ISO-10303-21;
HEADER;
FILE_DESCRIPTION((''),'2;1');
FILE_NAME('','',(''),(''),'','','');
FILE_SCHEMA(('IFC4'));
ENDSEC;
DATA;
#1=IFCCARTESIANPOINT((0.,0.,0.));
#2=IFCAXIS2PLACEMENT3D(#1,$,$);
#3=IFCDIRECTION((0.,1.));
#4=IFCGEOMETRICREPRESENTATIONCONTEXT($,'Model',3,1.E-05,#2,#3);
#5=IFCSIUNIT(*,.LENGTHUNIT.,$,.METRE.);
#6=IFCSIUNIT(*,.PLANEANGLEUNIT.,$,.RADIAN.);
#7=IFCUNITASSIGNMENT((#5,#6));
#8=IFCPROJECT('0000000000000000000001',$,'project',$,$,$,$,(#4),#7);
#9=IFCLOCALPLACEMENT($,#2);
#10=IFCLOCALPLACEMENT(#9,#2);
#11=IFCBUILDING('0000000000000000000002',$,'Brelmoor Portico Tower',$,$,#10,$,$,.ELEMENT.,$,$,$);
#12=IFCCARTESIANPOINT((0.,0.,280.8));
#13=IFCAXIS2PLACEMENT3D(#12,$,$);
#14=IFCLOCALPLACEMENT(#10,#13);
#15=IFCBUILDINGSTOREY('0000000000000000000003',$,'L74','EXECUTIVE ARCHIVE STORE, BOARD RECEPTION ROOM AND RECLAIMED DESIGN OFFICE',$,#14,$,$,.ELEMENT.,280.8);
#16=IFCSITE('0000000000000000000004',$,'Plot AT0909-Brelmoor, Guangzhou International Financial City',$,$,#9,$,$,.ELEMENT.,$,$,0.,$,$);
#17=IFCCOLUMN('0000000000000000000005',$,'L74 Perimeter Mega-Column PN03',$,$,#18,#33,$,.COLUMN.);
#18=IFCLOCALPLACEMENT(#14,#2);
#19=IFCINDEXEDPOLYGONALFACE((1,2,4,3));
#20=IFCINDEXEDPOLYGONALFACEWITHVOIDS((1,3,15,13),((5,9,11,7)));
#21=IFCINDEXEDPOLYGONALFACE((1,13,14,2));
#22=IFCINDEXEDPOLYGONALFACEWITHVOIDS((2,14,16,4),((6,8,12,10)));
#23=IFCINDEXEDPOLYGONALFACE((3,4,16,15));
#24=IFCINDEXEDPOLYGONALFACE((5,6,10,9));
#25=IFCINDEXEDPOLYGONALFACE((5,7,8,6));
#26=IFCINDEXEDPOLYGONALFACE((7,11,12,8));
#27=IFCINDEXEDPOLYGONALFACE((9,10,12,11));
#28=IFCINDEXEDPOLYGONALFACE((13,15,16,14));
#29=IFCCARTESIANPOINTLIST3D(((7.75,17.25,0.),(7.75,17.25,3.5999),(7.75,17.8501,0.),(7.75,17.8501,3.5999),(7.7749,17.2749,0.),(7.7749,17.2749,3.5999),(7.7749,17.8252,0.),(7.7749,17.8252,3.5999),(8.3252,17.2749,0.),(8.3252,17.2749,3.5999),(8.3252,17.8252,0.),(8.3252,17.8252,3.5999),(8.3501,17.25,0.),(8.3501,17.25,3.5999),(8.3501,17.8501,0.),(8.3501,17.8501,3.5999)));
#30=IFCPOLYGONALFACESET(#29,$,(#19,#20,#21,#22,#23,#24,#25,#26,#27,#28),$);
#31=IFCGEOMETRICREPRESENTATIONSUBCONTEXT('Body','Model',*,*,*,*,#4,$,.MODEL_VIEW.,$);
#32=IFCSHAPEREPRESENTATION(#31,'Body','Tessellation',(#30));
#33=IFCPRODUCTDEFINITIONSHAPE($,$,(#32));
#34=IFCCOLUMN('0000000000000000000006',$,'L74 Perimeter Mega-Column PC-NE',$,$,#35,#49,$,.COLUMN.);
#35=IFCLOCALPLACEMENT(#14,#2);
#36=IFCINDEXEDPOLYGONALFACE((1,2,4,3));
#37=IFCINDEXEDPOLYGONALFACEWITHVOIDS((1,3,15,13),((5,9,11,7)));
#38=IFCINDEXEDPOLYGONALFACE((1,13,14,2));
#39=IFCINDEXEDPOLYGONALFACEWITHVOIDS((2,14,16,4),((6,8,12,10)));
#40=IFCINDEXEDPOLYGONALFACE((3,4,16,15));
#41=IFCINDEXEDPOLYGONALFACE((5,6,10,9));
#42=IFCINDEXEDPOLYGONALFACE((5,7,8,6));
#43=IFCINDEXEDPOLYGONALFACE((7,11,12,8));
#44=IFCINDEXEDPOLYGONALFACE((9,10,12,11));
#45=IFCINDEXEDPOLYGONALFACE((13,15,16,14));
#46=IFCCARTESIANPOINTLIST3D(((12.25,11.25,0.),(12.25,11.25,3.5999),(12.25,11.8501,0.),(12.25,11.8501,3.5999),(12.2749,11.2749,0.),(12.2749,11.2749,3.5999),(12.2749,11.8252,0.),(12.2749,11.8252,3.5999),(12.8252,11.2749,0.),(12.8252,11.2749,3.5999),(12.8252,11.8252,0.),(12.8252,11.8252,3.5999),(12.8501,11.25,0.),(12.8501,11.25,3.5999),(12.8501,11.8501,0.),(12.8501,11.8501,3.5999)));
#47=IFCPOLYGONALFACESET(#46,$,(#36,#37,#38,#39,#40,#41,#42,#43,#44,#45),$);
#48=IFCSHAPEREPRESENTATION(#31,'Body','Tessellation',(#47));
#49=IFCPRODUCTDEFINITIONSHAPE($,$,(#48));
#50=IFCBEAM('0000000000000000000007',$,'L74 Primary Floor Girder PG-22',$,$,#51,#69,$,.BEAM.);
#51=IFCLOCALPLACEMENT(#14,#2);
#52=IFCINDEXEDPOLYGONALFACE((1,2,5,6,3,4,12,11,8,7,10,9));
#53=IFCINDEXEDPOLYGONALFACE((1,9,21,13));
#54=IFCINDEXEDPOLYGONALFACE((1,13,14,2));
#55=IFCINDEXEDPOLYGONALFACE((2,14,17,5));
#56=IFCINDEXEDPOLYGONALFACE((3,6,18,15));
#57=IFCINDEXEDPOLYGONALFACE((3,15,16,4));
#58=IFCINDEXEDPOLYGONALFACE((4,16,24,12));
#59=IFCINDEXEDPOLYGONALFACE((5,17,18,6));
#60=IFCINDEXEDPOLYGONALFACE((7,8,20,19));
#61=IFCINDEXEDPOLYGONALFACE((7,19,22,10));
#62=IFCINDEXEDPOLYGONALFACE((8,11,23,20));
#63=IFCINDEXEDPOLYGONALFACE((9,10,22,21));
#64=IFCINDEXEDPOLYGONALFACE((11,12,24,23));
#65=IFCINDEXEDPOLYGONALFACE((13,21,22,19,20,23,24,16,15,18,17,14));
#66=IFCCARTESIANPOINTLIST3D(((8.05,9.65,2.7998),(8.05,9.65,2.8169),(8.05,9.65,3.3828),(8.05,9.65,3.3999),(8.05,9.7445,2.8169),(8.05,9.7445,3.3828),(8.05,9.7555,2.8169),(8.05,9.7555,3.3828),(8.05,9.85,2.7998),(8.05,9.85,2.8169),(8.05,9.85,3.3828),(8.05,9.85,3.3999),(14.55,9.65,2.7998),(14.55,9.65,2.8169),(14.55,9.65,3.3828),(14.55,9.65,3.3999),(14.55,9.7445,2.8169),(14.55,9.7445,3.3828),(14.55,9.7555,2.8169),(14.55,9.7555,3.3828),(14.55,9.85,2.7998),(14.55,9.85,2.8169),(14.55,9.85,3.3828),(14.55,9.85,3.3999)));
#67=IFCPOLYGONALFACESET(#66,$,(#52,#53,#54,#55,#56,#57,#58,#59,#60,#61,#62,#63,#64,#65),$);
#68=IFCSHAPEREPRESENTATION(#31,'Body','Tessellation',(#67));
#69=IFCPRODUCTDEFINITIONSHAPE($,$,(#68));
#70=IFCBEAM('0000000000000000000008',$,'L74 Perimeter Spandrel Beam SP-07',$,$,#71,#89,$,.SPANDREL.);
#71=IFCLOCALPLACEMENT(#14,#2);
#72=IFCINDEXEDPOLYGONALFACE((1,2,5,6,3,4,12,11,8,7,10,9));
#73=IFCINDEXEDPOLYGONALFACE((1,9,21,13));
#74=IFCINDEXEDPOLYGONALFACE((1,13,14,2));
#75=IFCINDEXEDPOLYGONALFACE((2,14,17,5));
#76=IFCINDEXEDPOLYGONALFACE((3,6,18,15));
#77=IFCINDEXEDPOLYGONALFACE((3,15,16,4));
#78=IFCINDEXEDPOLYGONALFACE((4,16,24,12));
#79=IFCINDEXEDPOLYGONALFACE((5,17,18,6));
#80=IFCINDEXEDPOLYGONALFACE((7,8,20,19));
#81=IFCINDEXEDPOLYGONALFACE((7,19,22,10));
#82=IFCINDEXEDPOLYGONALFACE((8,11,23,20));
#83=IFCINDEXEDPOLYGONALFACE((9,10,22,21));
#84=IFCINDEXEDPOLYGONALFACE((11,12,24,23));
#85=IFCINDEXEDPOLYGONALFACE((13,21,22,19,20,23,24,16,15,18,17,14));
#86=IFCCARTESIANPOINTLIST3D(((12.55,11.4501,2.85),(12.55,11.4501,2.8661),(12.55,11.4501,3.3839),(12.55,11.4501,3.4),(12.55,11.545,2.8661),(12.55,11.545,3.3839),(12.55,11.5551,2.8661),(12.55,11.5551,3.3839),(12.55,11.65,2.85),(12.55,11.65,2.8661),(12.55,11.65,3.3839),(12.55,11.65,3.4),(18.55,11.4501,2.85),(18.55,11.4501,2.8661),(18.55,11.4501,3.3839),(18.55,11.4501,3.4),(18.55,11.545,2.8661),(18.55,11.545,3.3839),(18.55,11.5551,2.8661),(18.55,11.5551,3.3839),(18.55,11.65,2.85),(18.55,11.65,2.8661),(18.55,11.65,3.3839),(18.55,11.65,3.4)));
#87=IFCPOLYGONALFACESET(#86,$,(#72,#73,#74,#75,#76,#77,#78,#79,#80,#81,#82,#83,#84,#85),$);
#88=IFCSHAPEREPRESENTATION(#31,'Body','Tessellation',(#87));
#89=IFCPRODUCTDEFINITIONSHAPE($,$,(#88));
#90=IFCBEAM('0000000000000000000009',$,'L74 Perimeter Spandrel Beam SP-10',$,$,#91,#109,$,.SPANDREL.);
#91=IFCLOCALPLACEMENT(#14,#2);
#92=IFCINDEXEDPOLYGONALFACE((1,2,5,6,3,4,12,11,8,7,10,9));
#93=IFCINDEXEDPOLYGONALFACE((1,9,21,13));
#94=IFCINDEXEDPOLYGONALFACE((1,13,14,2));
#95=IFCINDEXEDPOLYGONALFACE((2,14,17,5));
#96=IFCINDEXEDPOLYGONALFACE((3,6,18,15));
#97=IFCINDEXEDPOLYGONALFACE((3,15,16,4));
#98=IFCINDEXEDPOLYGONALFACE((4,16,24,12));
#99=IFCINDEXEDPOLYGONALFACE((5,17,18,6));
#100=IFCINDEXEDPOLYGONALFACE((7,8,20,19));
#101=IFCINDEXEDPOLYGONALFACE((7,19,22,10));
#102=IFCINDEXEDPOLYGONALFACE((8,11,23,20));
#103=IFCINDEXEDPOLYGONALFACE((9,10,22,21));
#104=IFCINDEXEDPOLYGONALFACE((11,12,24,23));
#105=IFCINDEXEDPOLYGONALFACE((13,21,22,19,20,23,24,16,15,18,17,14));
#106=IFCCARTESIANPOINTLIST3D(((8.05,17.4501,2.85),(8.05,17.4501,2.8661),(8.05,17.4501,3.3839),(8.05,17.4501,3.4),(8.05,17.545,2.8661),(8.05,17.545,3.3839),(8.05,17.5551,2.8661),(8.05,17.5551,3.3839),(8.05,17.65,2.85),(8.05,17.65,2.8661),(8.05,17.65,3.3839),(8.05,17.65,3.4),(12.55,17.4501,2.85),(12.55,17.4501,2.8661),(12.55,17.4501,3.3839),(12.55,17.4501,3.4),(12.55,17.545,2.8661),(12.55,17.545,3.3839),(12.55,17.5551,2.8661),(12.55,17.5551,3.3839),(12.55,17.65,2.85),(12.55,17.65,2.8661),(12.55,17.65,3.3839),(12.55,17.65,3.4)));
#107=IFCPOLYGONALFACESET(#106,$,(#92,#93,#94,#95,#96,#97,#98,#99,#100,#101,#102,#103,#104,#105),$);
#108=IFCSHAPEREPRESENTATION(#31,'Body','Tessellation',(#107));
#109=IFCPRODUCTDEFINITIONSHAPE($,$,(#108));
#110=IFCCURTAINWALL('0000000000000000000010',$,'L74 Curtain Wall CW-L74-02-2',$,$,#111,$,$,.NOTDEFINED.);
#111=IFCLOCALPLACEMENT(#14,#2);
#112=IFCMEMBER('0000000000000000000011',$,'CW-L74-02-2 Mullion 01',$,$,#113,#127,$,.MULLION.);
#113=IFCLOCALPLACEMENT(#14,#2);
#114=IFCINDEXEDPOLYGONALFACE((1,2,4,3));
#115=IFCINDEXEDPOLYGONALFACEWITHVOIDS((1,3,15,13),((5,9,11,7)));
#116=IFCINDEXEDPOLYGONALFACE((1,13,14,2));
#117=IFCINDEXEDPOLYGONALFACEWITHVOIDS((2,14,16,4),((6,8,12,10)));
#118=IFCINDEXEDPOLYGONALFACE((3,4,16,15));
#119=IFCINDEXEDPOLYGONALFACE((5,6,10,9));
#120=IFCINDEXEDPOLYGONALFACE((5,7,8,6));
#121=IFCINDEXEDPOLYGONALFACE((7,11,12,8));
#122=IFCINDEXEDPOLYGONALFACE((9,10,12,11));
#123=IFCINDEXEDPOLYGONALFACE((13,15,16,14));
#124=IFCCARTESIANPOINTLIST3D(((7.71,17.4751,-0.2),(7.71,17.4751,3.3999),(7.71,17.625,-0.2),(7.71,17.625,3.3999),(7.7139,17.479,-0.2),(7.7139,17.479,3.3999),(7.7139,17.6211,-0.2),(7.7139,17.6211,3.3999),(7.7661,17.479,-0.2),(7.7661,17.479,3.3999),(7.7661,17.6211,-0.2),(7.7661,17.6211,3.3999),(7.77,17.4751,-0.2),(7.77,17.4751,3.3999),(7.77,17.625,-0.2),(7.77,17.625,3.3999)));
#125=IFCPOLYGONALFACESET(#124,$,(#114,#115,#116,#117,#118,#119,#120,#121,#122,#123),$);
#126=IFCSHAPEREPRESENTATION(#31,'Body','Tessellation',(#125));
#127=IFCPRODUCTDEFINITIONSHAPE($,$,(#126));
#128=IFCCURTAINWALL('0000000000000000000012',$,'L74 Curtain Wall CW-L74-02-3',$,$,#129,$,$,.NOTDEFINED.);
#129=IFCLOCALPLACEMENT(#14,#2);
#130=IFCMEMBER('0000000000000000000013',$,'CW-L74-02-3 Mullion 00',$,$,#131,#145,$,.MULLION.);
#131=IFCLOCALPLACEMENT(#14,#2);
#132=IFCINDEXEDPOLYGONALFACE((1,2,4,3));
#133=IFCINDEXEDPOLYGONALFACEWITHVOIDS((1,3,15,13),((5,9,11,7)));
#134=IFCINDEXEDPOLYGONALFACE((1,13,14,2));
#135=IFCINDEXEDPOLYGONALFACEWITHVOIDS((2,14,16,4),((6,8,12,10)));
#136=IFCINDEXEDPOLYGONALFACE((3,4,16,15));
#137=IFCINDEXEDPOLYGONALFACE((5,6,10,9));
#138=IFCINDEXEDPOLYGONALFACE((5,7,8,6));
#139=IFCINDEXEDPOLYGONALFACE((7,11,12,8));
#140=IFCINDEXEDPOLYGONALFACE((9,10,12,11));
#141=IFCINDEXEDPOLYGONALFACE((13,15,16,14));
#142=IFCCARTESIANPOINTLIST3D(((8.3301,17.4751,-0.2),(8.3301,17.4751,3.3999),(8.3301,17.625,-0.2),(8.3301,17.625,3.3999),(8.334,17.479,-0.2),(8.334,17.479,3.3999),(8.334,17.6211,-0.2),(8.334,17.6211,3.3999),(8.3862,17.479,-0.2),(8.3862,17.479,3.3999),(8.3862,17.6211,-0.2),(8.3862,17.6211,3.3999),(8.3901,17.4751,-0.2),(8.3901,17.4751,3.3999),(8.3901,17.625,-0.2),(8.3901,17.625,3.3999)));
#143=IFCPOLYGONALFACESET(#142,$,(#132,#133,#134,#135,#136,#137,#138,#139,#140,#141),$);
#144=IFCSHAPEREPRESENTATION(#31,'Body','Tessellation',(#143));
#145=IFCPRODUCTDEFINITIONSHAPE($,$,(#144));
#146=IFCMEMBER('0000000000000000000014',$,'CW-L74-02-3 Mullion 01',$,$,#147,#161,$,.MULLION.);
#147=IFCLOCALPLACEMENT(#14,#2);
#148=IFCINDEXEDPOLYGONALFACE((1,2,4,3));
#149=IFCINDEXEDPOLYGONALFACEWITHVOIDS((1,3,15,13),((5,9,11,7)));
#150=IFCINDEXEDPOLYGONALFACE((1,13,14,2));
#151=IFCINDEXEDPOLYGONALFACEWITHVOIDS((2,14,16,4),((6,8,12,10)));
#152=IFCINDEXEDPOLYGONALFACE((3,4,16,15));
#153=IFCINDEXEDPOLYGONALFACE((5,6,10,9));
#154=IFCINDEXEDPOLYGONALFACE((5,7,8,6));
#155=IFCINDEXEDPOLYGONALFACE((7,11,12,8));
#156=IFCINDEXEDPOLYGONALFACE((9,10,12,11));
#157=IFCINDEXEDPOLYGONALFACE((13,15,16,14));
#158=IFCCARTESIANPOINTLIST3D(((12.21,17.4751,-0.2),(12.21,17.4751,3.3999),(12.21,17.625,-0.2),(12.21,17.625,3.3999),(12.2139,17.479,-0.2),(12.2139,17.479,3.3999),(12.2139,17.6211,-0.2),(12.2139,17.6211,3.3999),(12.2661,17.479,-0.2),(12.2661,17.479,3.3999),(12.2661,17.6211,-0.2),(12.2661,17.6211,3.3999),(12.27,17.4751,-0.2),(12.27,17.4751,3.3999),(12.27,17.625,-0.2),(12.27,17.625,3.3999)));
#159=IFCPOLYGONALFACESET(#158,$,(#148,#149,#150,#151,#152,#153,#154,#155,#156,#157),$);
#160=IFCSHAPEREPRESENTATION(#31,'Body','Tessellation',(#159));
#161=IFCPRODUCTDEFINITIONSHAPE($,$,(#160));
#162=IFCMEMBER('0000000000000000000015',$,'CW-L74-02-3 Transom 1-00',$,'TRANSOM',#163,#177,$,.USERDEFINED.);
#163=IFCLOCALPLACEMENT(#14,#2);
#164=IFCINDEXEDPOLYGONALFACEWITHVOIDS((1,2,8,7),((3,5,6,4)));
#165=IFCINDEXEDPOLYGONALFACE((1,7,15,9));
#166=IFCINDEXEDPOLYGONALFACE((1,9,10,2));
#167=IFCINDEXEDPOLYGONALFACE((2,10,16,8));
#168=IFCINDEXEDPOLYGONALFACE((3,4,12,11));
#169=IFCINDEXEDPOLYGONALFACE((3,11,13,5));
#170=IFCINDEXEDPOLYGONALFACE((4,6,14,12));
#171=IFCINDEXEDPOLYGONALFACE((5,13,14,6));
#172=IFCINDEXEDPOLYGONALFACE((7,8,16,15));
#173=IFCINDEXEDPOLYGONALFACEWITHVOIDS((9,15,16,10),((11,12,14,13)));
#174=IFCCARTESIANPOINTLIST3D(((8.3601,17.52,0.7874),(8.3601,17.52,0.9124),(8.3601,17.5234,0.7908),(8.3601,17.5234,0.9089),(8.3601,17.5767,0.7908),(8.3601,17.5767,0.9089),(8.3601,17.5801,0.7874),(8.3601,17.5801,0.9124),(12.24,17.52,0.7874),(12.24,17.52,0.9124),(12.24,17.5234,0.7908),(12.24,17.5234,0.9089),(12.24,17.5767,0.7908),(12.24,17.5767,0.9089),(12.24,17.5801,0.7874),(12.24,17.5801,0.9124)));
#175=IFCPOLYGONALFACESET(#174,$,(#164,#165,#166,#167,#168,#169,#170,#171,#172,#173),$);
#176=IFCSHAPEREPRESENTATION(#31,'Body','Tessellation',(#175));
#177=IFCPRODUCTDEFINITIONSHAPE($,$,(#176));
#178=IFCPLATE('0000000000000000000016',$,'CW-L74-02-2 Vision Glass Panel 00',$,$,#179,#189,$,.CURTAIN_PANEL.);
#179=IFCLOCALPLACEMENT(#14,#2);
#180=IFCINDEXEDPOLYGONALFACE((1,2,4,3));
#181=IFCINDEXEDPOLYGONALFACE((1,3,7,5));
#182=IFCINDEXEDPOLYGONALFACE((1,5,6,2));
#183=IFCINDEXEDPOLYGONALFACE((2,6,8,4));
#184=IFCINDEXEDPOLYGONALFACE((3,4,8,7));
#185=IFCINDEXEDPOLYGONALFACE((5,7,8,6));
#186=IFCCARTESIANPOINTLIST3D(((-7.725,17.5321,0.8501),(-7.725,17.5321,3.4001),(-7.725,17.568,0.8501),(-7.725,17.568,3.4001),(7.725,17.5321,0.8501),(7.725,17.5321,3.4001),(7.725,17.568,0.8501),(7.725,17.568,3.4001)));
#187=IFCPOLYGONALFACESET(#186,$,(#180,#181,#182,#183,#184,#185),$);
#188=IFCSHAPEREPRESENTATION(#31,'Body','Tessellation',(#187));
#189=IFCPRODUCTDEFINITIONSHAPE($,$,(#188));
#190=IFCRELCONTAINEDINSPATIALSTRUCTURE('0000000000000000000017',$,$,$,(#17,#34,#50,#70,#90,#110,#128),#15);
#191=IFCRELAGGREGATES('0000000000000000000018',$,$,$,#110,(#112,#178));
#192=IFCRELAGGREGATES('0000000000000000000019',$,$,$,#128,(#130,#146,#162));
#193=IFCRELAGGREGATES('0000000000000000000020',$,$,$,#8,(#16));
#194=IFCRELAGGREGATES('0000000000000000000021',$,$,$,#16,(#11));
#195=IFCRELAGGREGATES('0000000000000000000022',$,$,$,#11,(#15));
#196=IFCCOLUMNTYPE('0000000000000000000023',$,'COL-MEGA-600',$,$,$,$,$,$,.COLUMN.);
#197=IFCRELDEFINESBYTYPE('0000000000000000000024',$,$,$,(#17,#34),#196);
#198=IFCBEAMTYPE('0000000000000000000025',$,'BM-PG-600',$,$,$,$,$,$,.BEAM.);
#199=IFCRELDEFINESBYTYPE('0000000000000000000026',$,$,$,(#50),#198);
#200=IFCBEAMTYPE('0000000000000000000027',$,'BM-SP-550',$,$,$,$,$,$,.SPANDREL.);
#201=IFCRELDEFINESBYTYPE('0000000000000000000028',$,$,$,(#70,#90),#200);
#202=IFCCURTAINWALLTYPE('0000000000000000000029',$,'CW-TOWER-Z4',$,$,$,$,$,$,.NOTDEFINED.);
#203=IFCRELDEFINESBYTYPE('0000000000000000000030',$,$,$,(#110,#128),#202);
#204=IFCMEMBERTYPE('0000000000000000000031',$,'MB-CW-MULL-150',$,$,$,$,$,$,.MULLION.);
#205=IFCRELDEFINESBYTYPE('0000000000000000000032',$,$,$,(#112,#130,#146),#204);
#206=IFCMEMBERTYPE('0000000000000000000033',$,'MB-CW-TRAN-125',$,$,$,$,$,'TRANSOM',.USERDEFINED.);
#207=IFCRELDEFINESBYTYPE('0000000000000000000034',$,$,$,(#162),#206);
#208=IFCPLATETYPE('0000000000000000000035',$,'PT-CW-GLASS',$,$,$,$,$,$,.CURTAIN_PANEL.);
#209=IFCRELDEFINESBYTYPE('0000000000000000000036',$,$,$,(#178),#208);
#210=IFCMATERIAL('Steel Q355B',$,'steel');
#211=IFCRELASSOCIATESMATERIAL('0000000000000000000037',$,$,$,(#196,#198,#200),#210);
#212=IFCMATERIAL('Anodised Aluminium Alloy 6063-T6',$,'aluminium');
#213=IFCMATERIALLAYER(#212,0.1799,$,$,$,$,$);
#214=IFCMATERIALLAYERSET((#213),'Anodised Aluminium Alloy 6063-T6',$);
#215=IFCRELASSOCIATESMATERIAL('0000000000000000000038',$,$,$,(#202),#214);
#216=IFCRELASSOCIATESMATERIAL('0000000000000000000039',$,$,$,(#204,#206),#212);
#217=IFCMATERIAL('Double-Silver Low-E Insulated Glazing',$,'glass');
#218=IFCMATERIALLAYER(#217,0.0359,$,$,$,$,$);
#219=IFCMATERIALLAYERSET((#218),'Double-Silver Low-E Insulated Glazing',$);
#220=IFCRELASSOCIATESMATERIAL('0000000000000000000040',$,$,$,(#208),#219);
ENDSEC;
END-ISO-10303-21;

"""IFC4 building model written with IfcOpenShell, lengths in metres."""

from ifc_helpers import new_model, si_unit, direction, frame, origin, origin_2d, place, context, subcontext, project, spatial, rectangle, hollow_rectangle, i_section, extrude, material, layer, layer_set, material_profile, profile_set, type_object, element, aggregate, save


model = new_model("IFC4")

# Units and contexts
model_context = context("Model", 3, precision=1e-05, world=origin(), true_north=direction((0.0, 1.0)))
body_context = subcontext(model_context, "Body", "Model", "MODEL_VIEW")
ifc_project = project(units=[si_unit("LENGTHUNIT", "METRE"), si_unit("PLANEANGLEUNIT", "RADIAN")], contexts=[model_context])

# Site, building, storey
site_placement = place(None, origin())
site = spatial("IfcSite", under=ifc_project, at=site_placement, Name="Plot AT0909-Brelmoor, Guangzhou International Financial City", CompositionType="ELEMENT", RefElevation=0.0)
building_placement = place(site_placement, origin())
building = spatial("IfcBuilding", under=site, at=building_placement, Name="Brelmoor Portico Tower", CompositionType="ELEMENT")
storey_placement = place(building_placement, frame((0.0, 0.0, 280.8)))
storey = spatial("IfcBuildingStorey", under=building, at=storey_placement, Name="L74", Description="EXECUTIVE ARCHIVE STORE, BOARD RECEPTION ROOM AND RECLAIMED DESIGN OFFICE", CompositionType="ELEMENT", Elevation=280.8)

# Columns
ifc_material_1 = material(Name="Steel Q355B", Category="steel")
ifc_material_profile_1 = material_profile(ifc_material_1, hollow_rectangle(XDim=0.6001, YDim=0.6001, WallThickness=0.0249, at=origin_2d()), Name="BOX 600x600x25")
ifc_profile_set_1 = profile_set([ifc_material_profile_1], Name="Steel Q355B")
column_type = type_object("IfcColumnType", Name="COL-MEGA-600", PredefinedType="COLUMN", material=ifc_profile_set_1)
for number, where, z_axis, x_axis, name in (
    (1, (8.05, 17.55, 0.0), (0.0, 0.0, 1.0), (1.0, 0.0, 0.0), "L74 Perimeter Mega-Column PN03"),
    (2, (12.55, 11.55, 0.0), (0.0, 0.0, 1.0), (1.0, 0.0, 0.0), "L74 Perimeter Mega-Column PC-NE"),
):
    element("IfcColumn", number, at=place(storey_placement, frame(where, z_axis=z_axis, x_axis=x_axis)), inside=storey, type_object=column_type, Name=name, PredefinedType="COLUMN", context=body_context, shape_type="SweptSolid", body=[
        extrude(hollow_rectangle(XDim=0.6001, YDim=0.6001, WallThickness=0.0249, at=origin_2d()), origin(), (0.0, 0.0, 1.0), 3.5999),
    ])

# Beams
ifc_material_profile_2 = material_profile(ifc_material_1, i_section(OverallWidth=0.2, OverallDepth=0.6001, WebThickness=0.011, FlangeThickness=0.0171, at=origin_2d()), Name="HN 600x200x11x17")
ifc_profile_set_2 = profile_set([ifc_material_profile_2], Name="Steel Q355B")
beam_type_1 = type_object("IfcBeamType", Name="BM-PG-600", PredefinedType="BEAM", material=ifc_profile_set_2)
beam_1_placement = place(storey_placement, frame((8.05, 9.75, 3.0999), z_axis=(1.0, 0.0, 0.0), x_axis=(0.0, 1.0, 0.0)))
element("IfcBeam", 3, at=beam_1_placement, inside=storey, type_object=beam_type_1, Name="L74 Primary Floor Girder PG-22", PredefinedType="BEAM", context=body_context, shape_type="SweptSolid", body=[
    extrude(i_section(OverallWidth=0.2, OverallDepth=0.6001, WebThickness=0.011, FlangeThickness=0.0171, at=origin_2d()), origin(), (0.0, 0.0, 1.0), 6.5),
])
ifc_material_profile_3 = material_profile(ifc_material_1, i_section(OverallWidth=0.2, OverallDepth=0.55, WebThickness=0.01, FlangeThickness=0.0161, at=origin_2d()), Name="HN 550x200x10x16")
ifc_profile_set_3 = profile_set([ifc_material_profile_3], Name="Steel Q355B")
beam_type_2 = type_object("IfcBeamType", Name="BM-SP-550", PredefinedType="SPANDREL", material=ifc_profile_set_3)
beam_2_placement = place(storey_placement, frame((12.55, 11.55, 3.125), z_axis=(1.0, 0.0, 0.0), x_axis=(0.0, 1.0, 0.0)))
element("IfcBeam", 4, at=beam_2_placement, inside=storey, type_object=beam_type_2, Name="L74 Perimeter Spandrel Beam SP-07", PredefinedType="SPANDREL", context=body_context, shape_type="SweptSolid", body=[
    extrude(i_section(OverallWidth=0.2, OverallDepth=0.55, WebThickness=0.01, FlangeThickness=0.0161, at=origin_2d()), origin(), (0.0, 0.0, 1.0), 6.0),
])
beam_3_placement = place(storey_placement, frame((8.05, 17.55, 3.125), z_axis=(1.0, 0.0, 0.0), x_axis=(0.0, 1.0, 0.0)))
element("IfcBeam", 5, at=beam_3_placement, inside=storey, type_object=beam_type_2, Name="L74 Perimeter Spandrel Beam SP-10", PredefinedType="SPANDREL", context=body_context, shape_type="SweptSolid", body=[
    extrude(i_section(OverallWidth=0.2, OverallDepth=0.55, WebThickness=0.01, FlangeThickness=0.0161, at=origin_2d()), origin(), (0.0, 0.0, 1.0), 4.5),
])

# Curtain wall, member
ifc_material_2 = material(Name="Anodised Aluminium Alloy 6063-T6", Category="aluminium")
ifc_layer_1 = layer(ifc_material_2, 0.1799)
ifc_layer_set_1 = layer_set([ifc_layer_1], Name="Anodised Aluminium Alloy 6063-T6")
curtain_wall_type = type_object("IfcCurtainWallType", Name="CW-TOWER-Z4", PredefinedType="NOTDEFINED", material=ifc_layer_set_1)
curtain_wall_1_placement = place(storey_placement, origin())
curtain_wall_1 = element("IfcCurtainWall", 6, at=curtain_wall_1_placement, inside=storey, type_object=curtain_wall_type, Name="L74 Curtain Wall CW-L74-02-2", PredefinedType="NOTDEFINED")
ifc_material_profile_4 = material_profile(ifc_material_2, hollow_rectangle(XDim=0.0601, YDim=0.1499, WallThickness=0.0039, at=origin_2d()), Name="ALU MULLION 60x150")
ifc_profile_set_4 = profile_set([ifc_material_profile_4], Name="Anodised Aluminium Alloy 6063-T6")
member_type_1 = type_object("IfcMemberType", Name="MB-CW-MULL-150", PredefinedType="MULLION", material=ifc_profile_set_4)
member_1_placement = place(storey_placement, frame((7.74, 17.55, -0.2), z_axis=(0.0, 0.0, 1.0), x_axis=(1.0, 0.0, 0.0)))
member_1 = element("IfcMember", 7, at=member_1_placement, type_object=member_type_1, Name="CW-L74-02-2 Mullion 01", PredefinedType="MULLION", context=body_context, shape_type="SweptSolid", body=[
    extrude(hollow_rectangle(XDim=0.0601, YDim=0.1499, WallThickness=0.0039, at=origin_2d()), origin(), (0.0, 0.0, 1.0), 3.5999),
])

# Curtain wall, members
curtain_wall_2_placement = place(storey_placement, origin())
curtain_wall_2 = element("IfcCurtainWall", 8, at=curtain_wall_2_placement, inside=storey, type_object=curtain_wall_type, Name="L74 Curtain Wall CW-L74-02-3", PredefinedType="NOTDEFINED")
member_2_placement = place(storey_placement, frame((8.3601, 17.55, -0.2), z_axis=(0.0, 0.0, 1.0), x_axis=(1.0, 0.0, 0.0)))
member_2 = element("IfcMember", 9, at=member_2_placement, type_object=member_type_1, Name="CW-L74-02-3 Mullion 00", PredefinedType="MULLION", context=body_context, shape_type="SweptSolid", body=[
    extrude(hollow_rectangle(XDim=0.0601, YDim=0.1499, WallThickness=0.0039, at=origin_2d()), origin(), (0.0, 0.0, 1.0), 3.5999),
])
member_3_placement = place(storey_placement, frame((12.24, 17.55, -0.2), z_axis=(0.0, 0.0, 1.0), x_axis=(1.0, 0.0, 0.0)))
member_3 = element("IfcMember", 10, at=member_3_placement, type_object=member_type_1, Name="CW-L74-02-3 Mullion 01", PredefinedType="MULLION", context=body_context, shape_type="SweptSolid", body=[
    extrude(hollow_rectangle(XDim=0.0601, YDim=0.1499, WallThickness=0.0039, at=origin_2d()), origin(), (0.0, 0.0, 1.0), 3.5999),
])
ifc_material_profile_5 = material_profile(ifc_material_2, hollow_rectangle(XDim=0.0601, YDim=0.125, WallThickness=0.0034, at=origin_2d()), Name="ALU TRANSOM 60x125")
ifc_profile_set_5 = profile_set([ifc_material_profile_5], Name="Anodised Aluminium Alloy 6063-T6")
member_type_2 = type_object("IfcMemberType", Name="MB-CW-TRAN-125", ElementType="TRANSOM", PredefinedType="USERDEFINED", material=ifc_profile_set_5)
member_4_placement = place(storey_placement, frame((8.3601, 17.55, 0.8499), z_axis=(1.0, 0.0, 0.0), x_axis=(0.0, 1.0, 0.0)))
member_4 = element("IfcMember", 11, at=member_4_placement, type_object=member_type_2, Name="CW-L74-02-3 Transom 1-00", ObjectType="TRANSOM", PredefinedType="USERDEFINED", context=body_context, shape_type="SweptSolid", body=[
    extrude(hollow_rectangle(XDim=0.0601, YDim=0.125, WallThickness=0.0034, at=origin_2d()), origin(), (0.0, 0.0, 1.0), 3.8799),
])

# Plate
ifc_material_3 = material(Name="Double-Silver Low-E Insulated Glazing", Category="glass")
ifc_layer_2 = layer(ifc_material_3, 0.0359)
ifc_layer_set_2 = layer_set([ifc_layer_2], Name="Double-Silver Low-E Insulated Glazing")
plate_type_1 = type_object("IfcPlateType", Name="PT-CW-GLASS", PredefinedType="CURTAIN_PANEL", material=ifc_layer_set_2)
plate_1_placement = place(storey_placement, frame((0.0, 17.55, 0.8501), z_axis=(0.0, 0.0, 1.0), x_axis=(1.0, 0.0, 0.0)))
plate_1 = element("IfcPlate", 12, at=plate_1_placement, type_object=plate_type_1, Name="CW-L74-02-2 Vision Glass Panel 00", PredefinedType="CURTAIN_PANEL", context=body_context, shape_type="SweptSolid", body=[
    extrude(rectangle(XDim=15.45, YDim=0.0359, at=origin_2d()), origin(), (0.0, 0.0, 1.0), 2.55),
])
aggregate(curtain_wall_1, [member_1, plate_1])
aggregate(curtain_wall_2, [member_2, member_3, member_4])

save(model, "model.ifc")
